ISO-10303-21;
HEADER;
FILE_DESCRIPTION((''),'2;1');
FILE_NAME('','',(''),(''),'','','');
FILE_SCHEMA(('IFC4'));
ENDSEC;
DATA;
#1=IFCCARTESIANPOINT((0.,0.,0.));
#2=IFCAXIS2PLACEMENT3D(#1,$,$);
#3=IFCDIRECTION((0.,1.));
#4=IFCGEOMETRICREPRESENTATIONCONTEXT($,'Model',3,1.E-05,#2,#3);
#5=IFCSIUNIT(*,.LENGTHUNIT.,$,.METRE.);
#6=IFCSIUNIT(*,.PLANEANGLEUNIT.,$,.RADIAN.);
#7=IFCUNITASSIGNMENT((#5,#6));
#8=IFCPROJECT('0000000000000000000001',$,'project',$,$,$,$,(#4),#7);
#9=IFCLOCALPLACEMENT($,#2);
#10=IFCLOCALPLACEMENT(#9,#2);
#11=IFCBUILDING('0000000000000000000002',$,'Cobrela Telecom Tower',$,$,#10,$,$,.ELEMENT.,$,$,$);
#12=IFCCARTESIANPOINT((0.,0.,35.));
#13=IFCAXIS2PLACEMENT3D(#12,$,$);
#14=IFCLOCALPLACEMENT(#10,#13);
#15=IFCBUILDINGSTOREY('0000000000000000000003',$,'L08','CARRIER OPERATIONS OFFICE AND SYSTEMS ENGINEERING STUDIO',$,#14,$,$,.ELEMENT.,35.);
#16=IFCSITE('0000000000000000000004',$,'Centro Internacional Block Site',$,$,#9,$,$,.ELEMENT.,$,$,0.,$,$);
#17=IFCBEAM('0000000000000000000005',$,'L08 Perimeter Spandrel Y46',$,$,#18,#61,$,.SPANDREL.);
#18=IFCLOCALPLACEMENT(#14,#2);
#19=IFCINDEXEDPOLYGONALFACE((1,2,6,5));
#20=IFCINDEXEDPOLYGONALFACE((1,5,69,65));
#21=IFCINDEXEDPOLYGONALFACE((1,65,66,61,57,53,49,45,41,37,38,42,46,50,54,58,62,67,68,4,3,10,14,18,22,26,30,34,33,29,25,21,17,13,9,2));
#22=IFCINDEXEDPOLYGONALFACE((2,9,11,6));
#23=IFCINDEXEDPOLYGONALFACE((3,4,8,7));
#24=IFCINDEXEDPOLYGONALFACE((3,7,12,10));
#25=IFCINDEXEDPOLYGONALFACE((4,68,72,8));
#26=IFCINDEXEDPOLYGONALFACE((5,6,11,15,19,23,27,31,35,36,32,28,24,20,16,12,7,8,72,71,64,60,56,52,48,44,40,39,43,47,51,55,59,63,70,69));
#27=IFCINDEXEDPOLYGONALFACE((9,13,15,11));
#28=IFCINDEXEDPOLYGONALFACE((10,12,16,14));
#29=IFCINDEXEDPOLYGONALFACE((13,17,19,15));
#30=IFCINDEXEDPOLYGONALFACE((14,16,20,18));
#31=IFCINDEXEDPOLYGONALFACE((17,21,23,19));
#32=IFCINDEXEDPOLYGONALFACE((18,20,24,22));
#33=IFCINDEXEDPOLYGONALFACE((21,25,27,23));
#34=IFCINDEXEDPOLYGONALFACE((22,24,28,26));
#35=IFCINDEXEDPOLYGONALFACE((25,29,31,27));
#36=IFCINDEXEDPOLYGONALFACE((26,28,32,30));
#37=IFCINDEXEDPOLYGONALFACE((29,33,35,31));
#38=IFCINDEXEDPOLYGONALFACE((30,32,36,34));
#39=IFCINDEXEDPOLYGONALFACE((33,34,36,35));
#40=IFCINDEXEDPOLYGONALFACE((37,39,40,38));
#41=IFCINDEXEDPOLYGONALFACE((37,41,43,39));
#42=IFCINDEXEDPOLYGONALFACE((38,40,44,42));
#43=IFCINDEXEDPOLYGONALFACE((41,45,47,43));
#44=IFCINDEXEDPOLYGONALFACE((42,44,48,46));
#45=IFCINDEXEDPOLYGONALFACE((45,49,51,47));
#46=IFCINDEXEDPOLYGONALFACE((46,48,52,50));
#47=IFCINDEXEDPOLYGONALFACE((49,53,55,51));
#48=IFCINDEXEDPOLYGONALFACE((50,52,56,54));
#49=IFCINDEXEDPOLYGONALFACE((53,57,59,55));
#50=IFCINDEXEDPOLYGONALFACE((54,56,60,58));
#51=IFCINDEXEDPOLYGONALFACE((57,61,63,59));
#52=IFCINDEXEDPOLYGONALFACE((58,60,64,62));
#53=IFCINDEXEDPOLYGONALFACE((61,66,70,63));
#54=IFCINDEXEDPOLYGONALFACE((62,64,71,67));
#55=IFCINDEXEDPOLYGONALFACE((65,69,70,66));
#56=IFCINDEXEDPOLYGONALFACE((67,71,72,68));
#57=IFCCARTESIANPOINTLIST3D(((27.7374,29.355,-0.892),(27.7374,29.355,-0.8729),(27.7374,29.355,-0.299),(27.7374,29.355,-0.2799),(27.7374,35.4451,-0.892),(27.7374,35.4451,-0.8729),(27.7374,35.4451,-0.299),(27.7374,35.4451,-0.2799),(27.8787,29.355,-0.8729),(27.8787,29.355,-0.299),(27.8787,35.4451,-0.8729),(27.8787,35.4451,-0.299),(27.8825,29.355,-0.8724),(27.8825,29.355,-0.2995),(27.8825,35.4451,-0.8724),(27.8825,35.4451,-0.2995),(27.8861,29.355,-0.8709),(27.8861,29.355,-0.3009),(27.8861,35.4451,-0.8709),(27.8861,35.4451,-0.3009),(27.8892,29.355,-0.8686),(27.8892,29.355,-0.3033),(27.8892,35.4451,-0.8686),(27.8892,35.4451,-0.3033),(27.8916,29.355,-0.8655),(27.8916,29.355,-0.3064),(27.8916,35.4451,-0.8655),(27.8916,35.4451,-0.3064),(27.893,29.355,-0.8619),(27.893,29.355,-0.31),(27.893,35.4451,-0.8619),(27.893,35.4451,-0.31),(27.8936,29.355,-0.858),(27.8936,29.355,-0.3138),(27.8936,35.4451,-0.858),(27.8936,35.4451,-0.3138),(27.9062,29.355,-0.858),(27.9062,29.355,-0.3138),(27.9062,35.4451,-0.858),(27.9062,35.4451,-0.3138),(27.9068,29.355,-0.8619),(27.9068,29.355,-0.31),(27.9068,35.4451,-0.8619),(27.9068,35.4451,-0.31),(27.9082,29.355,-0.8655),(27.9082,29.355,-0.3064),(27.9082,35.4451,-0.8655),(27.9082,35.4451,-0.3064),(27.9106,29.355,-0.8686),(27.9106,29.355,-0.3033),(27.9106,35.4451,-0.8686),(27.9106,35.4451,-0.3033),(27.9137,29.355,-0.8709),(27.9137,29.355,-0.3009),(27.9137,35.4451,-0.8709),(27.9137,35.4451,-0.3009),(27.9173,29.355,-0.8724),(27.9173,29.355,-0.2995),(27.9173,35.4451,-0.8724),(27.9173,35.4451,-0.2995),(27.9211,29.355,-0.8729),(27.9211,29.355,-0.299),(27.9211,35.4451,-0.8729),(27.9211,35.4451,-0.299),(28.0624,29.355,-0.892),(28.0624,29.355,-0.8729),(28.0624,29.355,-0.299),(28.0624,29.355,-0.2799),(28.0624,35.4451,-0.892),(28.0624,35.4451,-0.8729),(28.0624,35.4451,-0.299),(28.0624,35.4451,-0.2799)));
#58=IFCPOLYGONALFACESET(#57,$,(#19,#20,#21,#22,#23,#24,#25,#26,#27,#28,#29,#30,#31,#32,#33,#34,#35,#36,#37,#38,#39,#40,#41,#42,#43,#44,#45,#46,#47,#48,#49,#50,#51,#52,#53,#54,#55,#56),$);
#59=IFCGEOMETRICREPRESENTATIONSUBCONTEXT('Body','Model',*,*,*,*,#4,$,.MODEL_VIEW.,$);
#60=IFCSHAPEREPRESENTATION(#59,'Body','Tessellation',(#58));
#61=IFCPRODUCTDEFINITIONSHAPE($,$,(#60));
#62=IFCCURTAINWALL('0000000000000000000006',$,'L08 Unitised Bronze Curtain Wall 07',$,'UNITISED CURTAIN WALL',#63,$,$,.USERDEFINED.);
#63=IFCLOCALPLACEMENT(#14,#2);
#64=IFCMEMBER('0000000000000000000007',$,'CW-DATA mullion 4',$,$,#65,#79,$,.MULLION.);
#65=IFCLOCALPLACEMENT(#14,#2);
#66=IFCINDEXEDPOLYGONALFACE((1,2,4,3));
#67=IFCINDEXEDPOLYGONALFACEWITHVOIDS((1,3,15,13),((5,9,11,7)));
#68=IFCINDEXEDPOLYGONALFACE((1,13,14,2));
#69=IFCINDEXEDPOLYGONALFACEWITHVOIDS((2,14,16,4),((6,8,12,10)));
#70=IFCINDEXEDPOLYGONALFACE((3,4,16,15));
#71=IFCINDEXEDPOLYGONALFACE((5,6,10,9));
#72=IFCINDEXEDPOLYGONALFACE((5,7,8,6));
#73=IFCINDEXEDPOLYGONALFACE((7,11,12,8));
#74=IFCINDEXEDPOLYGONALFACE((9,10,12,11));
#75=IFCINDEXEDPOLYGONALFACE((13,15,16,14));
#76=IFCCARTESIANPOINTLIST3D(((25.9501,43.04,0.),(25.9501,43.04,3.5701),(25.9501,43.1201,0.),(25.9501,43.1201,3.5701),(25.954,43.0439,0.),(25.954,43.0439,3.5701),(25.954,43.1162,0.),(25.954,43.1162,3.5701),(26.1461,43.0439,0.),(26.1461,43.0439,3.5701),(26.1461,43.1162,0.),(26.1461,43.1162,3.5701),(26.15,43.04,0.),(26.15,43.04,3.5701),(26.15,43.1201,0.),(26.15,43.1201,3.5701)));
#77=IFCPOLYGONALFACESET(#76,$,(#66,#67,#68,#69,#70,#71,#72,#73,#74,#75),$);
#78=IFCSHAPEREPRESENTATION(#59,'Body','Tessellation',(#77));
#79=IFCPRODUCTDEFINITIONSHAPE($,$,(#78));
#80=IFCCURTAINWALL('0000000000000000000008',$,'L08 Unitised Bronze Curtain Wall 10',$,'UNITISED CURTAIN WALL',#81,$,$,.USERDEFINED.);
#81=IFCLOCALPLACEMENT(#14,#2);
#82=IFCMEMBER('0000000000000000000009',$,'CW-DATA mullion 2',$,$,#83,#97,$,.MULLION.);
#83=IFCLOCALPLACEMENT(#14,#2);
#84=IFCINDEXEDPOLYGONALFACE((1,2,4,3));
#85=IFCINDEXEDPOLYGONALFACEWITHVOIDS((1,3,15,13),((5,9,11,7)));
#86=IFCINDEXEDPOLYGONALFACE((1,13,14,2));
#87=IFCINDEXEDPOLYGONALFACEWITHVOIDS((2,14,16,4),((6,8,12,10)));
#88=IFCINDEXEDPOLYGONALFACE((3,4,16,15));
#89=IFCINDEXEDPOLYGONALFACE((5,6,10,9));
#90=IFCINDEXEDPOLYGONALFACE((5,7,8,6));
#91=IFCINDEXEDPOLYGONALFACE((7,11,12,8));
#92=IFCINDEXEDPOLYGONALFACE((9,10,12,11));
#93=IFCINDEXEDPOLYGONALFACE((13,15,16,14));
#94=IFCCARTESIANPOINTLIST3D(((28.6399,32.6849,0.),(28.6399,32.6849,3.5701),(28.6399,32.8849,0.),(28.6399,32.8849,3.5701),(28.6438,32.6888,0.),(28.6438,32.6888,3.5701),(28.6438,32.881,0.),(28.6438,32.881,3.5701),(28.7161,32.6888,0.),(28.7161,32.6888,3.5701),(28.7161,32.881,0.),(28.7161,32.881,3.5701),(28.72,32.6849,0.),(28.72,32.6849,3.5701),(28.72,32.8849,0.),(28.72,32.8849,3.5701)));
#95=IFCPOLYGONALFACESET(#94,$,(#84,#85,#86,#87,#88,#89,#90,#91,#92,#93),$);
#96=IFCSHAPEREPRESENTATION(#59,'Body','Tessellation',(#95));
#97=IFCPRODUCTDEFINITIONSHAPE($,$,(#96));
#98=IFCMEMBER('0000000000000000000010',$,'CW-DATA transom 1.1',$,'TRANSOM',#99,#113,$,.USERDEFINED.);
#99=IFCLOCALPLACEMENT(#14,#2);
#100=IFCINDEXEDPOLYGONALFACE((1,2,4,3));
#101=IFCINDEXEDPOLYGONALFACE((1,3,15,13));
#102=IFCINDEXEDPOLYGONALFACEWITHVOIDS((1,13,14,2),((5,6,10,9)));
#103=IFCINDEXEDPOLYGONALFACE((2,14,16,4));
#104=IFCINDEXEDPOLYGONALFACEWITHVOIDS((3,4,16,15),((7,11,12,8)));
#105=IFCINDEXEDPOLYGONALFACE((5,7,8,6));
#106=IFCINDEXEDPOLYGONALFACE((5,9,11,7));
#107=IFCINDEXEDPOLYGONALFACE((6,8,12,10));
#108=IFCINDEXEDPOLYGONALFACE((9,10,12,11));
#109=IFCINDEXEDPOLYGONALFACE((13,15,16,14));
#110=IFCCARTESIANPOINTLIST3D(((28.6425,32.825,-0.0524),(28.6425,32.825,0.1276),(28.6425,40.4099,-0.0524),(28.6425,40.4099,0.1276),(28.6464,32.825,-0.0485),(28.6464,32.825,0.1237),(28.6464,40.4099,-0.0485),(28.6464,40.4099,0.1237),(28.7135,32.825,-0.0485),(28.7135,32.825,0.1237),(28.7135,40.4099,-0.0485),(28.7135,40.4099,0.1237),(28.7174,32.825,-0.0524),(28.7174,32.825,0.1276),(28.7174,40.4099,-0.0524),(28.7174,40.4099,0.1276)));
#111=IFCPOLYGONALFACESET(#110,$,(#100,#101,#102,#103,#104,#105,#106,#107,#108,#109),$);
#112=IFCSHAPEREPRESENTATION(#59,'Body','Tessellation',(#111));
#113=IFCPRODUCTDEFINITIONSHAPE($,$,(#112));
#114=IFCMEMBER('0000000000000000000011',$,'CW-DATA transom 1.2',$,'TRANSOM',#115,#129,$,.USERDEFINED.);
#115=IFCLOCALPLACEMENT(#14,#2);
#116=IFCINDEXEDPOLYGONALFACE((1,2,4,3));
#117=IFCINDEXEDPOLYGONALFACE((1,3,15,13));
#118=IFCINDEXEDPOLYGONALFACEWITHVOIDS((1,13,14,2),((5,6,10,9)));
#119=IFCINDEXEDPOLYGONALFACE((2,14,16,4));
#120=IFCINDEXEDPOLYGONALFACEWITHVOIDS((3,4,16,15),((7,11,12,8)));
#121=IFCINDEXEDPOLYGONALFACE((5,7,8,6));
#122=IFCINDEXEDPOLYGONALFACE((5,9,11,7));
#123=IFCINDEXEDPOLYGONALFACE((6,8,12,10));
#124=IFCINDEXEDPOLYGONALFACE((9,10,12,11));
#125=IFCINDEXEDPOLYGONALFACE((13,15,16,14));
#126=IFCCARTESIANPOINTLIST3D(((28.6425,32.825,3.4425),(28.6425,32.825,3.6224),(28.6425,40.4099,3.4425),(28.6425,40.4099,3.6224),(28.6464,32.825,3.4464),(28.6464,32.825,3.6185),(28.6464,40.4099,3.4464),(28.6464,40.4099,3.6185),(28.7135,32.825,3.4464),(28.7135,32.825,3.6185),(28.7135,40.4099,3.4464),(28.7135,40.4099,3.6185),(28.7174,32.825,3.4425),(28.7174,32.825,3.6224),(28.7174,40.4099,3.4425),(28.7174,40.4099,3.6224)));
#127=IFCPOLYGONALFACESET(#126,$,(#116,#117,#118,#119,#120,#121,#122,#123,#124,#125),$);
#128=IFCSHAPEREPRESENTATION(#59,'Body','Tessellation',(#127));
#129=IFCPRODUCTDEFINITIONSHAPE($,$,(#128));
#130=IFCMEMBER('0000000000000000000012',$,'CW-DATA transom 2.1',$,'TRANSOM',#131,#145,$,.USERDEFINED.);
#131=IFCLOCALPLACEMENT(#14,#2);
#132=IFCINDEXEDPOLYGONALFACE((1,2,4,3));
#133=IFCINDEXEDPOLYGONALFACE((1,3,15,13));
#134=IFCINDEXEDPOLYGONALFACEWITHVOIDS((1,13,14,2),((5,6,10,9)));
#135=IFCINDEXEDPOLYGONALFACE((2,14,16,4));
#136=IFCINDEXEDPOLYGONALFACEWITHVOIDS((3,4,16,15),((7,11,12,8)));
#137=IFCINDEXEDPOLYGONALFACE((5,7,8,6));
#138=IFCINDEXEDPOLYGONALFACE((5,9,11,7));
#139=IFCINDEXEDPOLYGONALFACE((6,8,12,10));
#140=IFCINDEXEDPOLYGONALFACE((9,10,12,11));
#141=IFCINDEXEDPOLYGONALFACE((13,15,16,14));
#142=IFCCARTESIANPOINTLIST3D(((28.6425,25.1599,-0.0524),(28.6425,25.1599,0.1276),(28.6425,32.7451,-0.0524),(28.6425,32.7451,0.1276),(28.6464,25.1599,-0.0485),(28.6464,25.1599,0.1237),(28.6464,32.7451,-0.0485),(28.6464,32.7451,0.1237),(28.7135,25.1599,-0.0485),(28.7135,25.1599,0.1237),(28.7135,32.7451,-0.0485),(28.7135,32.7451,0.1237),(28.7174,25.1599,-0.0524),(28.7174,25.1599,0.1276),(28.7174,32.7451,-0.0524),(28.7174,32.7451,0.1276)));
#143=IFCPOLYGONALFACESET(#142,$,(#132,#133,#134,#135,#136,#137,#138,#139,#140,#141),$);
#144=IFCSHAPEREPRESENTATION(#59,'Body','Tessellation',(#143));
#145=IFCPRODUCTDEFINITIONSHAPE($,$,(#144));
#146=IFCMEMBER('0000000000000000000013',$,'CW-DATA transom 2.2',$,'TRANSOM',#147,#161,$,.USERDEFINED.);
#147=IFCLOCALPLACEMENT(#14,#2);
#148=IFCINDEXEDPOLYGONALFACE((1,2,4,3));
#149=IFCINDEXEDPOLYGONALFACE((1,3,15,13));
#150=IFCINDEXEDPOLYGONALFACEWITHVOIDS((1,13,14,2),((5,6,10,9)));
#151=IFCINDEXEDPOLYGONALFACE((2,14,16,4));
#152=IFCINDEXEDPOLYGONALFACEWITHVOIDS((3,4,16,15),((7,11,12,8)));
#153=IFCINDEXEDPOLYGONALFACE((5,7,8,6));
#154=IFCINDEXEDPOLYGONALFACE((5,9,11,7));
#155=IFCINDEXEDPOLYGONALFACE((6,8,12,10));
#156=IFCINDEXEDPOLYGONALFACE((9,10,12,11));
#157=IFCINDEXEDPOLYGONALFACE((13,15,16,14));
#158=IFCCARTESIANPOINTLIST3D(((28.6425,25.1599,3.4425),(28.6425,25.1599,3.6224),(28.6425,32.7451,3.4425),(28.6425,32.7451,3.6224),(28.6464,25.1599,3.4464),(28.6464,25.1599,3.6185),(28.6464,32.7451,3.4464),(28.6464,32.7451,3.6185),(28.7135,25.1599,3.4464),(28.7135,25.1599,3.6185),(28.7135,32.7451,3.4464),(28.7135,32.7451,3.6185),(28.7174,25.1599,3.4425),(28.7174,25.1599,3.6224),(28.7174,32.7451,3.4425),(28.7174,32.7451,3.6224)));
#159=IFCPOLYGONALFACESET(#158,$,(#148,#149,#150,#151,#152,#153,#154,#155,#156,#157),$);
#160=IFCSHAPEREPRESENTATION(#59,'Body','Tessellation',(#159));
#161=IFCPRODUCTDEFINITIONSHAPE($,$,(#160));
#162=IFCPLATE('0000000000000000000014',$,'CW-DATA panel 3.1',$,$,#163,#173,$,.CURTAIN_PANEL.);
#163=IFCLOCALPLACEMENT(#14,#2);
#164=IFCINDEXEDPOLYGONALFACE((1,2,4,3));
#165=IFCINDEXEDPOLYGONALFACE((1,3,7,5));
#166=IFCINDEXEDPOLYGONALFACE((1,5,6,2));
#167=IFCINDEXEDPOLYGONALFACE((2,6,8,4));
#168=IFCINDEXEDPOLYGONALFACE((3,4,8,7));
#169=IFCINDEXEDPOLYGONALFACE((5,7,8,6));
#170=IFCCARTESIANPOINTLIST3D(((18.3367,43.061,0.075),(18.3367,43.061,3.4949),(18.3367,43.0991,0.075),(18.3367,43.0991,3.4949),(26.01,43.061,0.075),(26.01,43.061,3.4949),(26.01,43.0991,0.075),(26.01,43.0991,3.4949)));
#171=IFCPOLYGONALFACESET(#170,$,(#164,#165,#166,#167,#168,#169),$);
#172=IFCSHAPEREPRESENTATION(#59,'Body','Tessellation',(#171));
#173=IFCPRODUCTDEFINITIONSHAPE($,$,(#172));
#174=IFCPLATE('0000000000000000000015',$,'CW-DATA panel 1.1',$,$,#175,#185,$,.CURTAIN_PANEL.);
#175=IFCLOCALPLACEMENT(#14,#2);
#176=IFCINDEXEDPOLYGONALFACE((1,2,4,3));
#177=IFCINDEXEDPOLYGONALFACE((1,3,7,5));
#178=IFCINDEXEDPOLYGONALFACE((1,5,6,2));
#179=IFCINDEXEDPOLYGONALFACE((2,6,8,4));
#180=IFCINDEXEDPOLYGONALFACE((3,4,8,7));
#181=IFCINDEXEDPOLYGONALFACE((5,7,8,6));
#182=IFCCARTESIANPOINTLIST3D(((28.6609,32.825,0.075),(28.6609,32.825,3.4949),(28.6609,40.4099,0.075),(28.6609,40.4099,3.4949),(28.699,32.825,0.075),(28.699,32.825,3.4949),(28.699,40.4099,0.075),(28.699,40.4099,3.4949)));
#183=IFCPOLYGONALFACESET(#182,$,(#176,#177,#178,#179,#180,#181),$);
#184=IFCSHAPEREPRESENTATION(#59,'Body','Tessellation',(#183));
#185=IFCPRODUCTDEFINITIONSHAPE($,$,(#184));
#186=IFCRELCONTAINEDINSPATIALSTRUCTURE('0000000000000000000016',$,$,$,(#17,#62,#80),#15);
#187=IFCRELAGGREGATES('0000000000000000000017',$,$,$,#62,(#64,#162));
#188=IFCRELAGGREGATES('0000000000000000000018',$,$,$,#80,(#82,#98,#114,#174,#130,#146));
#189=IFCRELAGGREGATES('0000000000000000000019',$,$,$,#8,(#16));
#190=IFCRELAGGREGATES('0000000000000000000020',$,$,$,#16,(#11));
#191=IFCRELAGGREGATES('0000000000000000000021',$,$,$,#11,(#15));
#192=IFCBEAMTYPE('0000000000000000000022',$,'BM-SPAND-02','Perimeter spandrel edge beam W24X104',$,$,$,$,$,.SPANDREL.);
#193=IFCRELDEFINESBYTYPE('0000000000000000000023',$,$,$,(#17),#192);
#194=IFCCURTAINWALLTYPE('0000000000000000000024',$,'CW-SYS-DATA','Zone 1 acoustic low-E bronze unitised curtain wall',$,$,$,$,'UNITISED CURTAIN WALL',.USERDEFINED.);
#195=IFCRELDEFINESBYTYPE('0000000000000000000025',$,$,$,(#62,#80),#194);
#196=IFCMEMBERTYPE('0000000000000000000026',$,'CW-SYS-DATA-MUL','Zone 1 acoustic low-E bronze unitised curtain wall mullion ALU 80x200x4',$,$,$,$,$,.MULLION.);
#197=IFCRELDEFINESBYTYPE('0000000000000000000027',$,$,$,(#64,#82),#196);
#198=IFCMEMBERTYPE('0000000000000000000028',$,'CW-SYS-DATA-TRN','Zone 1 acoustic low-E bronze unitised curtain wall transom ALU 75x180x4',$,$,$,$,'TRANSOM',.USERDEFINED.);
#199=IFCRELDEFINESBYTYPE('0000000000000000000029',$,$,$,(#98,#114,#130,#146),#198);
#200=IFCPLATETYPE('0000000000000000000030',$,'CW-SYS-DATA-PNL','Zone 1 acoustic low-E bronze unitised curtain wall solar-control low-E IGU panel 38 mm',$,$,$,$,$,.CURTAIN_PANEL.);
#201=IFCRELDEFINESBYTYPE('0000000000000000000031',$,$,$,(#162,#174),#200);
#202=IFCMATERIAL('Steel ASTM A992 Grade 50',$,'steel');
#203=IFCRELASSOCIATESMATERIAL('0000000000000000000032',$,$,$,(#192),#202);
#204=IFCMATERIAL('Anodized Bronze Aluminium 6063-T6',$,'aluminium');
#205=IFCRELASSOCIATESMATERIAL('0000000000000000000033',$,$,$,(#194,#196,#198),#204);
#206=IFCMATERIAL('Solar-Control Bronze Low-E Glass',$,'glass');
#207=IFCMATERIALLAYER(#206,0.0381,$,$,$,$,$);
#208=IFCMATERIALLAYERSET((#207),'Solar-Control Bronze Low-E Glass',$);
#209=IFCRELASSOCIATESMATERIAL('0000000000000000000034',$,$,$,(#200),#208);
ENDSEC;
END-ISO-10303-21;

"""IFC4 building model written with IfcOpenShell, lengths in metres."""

from ifc_helpers import new_model, si_unit, direction, frame, origin, origin_2d, place, context, subcontext, project, spatial, rectangle, hollow_rectangle, i_section, extrude, material, layer, layer_set, material_profile, profile_set, type_object, element, aggregate, save


model = new_model("IFC4")

# Units and contexts
model_context = context("Model", 3, precision=1e-05, world=origin(), true_north=direction((0.0, 1.0)))
body_context = subcontext(model_context, "Body", "Model", "MODEL_VIEW")
ifc_project = project(units=[si_unit("LENGTHUNIT", "METRE"), si_unit("PLANEANGLEUNIT", "RADIAN")], contexts=[model_context])

# Site, building, storey
site_placement = place(None, origin())
site = spatial("IfcSite", under=ifc_project, at=site_placement, Name="Centro Internacional Block Site", CompositionType="ELEMENT", RefElevation=0.0)
building_placement = place(site_placement, origin())
building = spatial("IfcBuilding", under=site, at=building_placement, Name="Cobrela Telecom Tower", CompositionType="ELEMENT")
storey_placement = place(building_placement, frame((0.0, 0.0, 35.0)))
storey = spatial("IfcBuildingStorey", under=building, at=storey_placement, Name="L08", Description="CARRIER OPERATIONS OFFICE AND SYSTEMS ENGINEERING STUDIO", CompositionType="ELEMENT", Elevation=35.0)

# Shared definitions
ifc_material_1 = material(Name="Steel ASTM A992 Grade 50", Category="steel")

# Beam
ifc_material_profile_1 = material_profile(ifc_material_1, i_section(OverallWidth=0.325, OverallDepth=0.6121, WebThickness=0.0127, FlangeThickness=0.019, FilletRadius=0.0149, at=origin_2d()), Name="W24X104")
ifc_profile_set_1 = profile_set([ifc_material_profile_1], Name="Steel ASTM A992 Grade 50")
beam_type_1 = type_object("IfcBeamType", Name="BM-SPAND-02", Description="Perimeter spandrel edge beam W24X104", PredefinedType="SPANDREL", material=ifc_profile_set_1)
beam_1_placement = place(storey_placement, frame((27.8999, 29.355, -0.5859), z_axis=(0.0, 1.0, 0.0), x_axis=(-1.0, 0.0, 0.0)))
element("IfcBeam", 1, at=beam_1_placement, inside=storey, type_object=beam_type_1, Name="L08 Perimeter Spandrel Y46", PredefinedType="SPANDREL", context=body_context, shape_type="SweptSolid", body=[
    extrude(i_section(OverallWidth=0.325, OverallDepth=0.6121, WebThickness=0.0127, FlangeThickness=0.019, FilletRadius=0.0149, at=origin_2d()), origin(), (0.0, 0.0, 1.0), 6.0901),
])

# Curtain wall, member
ifc_material_2 = material(Name="Anodized Bronze Aluminium 6063-T6", Category="aluminium")
curtain_wall_type = type_object("IfcCurtainWallType", Name="CW-SYS-DATA", Description="Zone 1 acoustic low-E bronze unitised curtain wall", ElementType="UNITISED CURTAIN WALL", PredefinedType="USERDEFINED", material=ifc_material_2)
curtain_wall_1_placement = place(storey_placement, origin())
curtain_wall_1 = element("IfcCurtainWall", 2, at=curtain_wall_1_placement, inside=storey, type_object=curtain_wall_type, Name="L08 Unitised Bronze Curtain Wall 07", ObjectType="UNITISED CURTAIN WALL", PredefinedType="USERDEFINED")
ifc_material_profile_2 = material_profile(ifc_material_2, hollow_rectangle(XDim=0.0801, YDim=0.2, WallThickness=0.0039, at=origin_2d()), Name="ALU 80x200x4")
ifc_profile_set_2 = profile_set([ifc_material_profile_2], Name="Anodized Bronze Aluminium 6063-T6")
member_type_1 = type_object("IfcMemberType", Name="CW-SYS-DATA-MUL", Description="Zone 1 acoustic low-E bronze unitised curtain wall mullion ALU 80x200x4", PredefinedType="MULLION", material=ifc_profile_set_2)
member_1_placement = place(storey_placement, frame((26.05, 43.0801, 0.0), z_axis=(0.0, 0.0, 1.0), x_axis=(0.0, 1.0, 0.0)))
member_1 = element("IfcMember", 3, at=member_1_placement, type_object=member_type_1, Name="CW-DATA mullion 4", PredefinedType="MULLION", context=body_context, shape_type="SweptSolid", body=[
    extrude(hollow_rectangle(XDim=0.0801, YDim=0.2, WallThickness=0.0039, at=origin_2d()), origin(), (0.0, 0.0, 1.0), 3.5701),
])

# Curtain wall, members
curtain_wall_2_placement = place(storey_placement, origin())
curtain_wall_2 = element("IfcCurtainWall", 4, at=curtain_wall_2_placement, inside=storey, type_object=curtain_wall_type, Name="L08 Unitised Bronze Curtain Wall 10", ObjectType="UNITISED CURTAIN WALL", PredefinedType="USERDEFINED")
member_2_placement = place(storey_placement, frame((28.6799, 32.7849, 0.0), z_axis=(0.0, 0.0, 1.0), x_axis=(1.0, 0.0, 0.0)))
member_2 = element("IfcMember", 5, at=member_2_placement, type_object=member_type_1, Name="CW-DATA mullion 2", PredefinedType="MULLION", context=body_context, shape_type="SweptSolid", body=[
    extrude(hollow_rectangle(XDim=0.0801, YDim=0.2, WallThickness=0.0039, at=origin_2d()), origin(), (0.0, 0.0, 1.0), 3.5701),
])
ifc_material_profile_3 = material_profile(ifc_material_2, hollow_rectangle(XDim=0.075, YDim=0.1799, WallThickness=0.0039, at=origin_2d()), Name="ALU 75x180x4")
ifc_profile_set_3 = profile_set([ifc_material_profile_3], Name="Anodized Bronze Aluminium 6063-T6")
member_type_2 = type_object("IfcMemberType", Name="CW-SYS-DATA-TRN", Description="Zone 1 acoustic low-E bronze unitised curtain wall transom ALU 75x180x4", ElementType="TRANSOM", PredefinedType="USERDEFINED", material=ifc_profile_set_3)
member_3_placement = place(storey_placement, frame((28.6799, 40.4099, 0.0376), z_axis=(0.0, -1.0, 0.0), x_axis=(1.0, 0.0, 0.0)))
member_3 = element("IfcMember", 6, at=member_3_placement, type_object=member_type_2, Name="CW-DATA transom 1.1", ObjectType="TRANSOM", PredefinedType="USERDEFINED", context=body_context, shape_type="SweptSolid", body=[
    extrude(hollow_rectangle(XDim=0.075, YDim=0.1799, WallThickness=0.0039, at=origin_2d()), origin(), (0.0, 0.0, 1.0), 7.585),
])
member_4_placement = place(storey_placement, frame((28.6799, 40.4099, 3.5325), z_axis=(0.0, -1.0, 0.0), x_axis=(1.0, 0.0, 0.0)))
member_4 = element("IfcMember", 7, at=member_4_placement, type_object=member_type_2, Name="CW-DATA transom 1.2", ObjectType="TRANSOM", PredefinedType="USERDEFINED", context=body_context, shape_type="SweptSolid", body=[
    extrude(hollow_rectangle(XDim=0.075, YDim=0.1799, WallThickness=0.0039, at=origin_2d()), origin(), (0.0, 0.0, 1.0), 7.585),
])
member_5_placement = place(storey_placement, frame((28.6799, 32.7451, 0.0376), z_axis=(0.0, -1.0, 0.0), x_axis=(1.0, 0.0, 0.0)))
member_5 = element("IfcMember", 8, at=member_5_placement, type_object=member_type_2, Name="CW-DATA transom 2.1", ObjectType="TRANSOM", PredefinedType="USERDEFINED", context=body_context, shape_type="SweptSolid", body=[
    extrude(hollow_rectangle(XDim=0.075, YDim=0.1799, WallThickness=0.0039, at=origin_2d()), origin(), (0.0, 0.0, 1.0), 7.5852),
])
member_6_placement = place(storey_placement, frame((28.6799, 32.7451, 3.5325), z_axis=(0.0, -1.0, 0.0), x_axis=(1.0, 0.0, 0.0)))
member_6 = element("IfcMember", 9, at=member_6_placement, type_object=member_type_2, Name="CW-DATA transom 2.2", ObjectType="TRANSOM", PredefinedType="USERDEFINED", context=body_context, shape_type="SweptSolid", body=[
    extrude(hollow_rectangle(XDim=0.075, YDim=0.1799, WallThickness=0.0039, at=origin_2d()), origin(), (0.0, 0.0, 1.0), 7.5852),
])

# Plates
ifc_material_3 = material(Name="Solar-Control Bronze Low-E Glass", Category="glass")
ifc_layer_1 = layer(ifc_material_3, 0.0381)
ifc_layer_set_1 = layer_set([ifc_layer_1], Name="Solar-Control Bronze Low-E Glass")
plate_type = type_object("IfcPlateType", Name="CW-SYS-DATA-PNL", Description="Zone 1 acoustic low-E bronze unitised curtain wall solar-control low-E IGU panel 38 mm", PredefinedType="CURTAIN_PANEL", material=ifc_layer_set_1)
plate_1_placement = place(storey_placement, frame((22.1733, 43.0801, 0.075), z_axis=(0.0, 0.0, 1.0), x_axis=(1.0, 0.0, 0.0)))
plate_1 = element("IfcPlate", 10, at=plate_1_placement, type_object=plate_type, Name="CW-DATA panel 3.1", PredefinedType="CURTAIN_PANEL", context=body_context, shape_type="SweptSolid", body=[
    extrude(rectangle(XDim=7.6733, YDim=0.0381, at=origin_2d()), origin(), (0.0, 0.0, 1.0), 3.4199),
])
aggregate(curtain_wall_1, [member_1, plate_1])
plate_2_placement = place(storey_placement, frame((28.6799, 36.6174, 0.075), z_axis=(0.0, 0.0, 1.0), x_axis=(0.0, -1.0, 0.0)))
plate_2 = element("IfcPlate", 11, at=plate_2_placement, type_object=plate_type, Name="CW-DATA panel 1.1", PredefinedType="CURTAIN_PANEL", context=body_context, shape_type="SweptSolid", body=[
    extrude(rectangle(XDim=7.585, YDim=0.0381, at=origin_2d()), origin(), (0.0, 0.0, 1.0), 3.4199),
])
aggregate(curtain_wall_2, [member_2, member_3, member_4, plate_2, member_5, member_6])

save(model, "model.ifc")
